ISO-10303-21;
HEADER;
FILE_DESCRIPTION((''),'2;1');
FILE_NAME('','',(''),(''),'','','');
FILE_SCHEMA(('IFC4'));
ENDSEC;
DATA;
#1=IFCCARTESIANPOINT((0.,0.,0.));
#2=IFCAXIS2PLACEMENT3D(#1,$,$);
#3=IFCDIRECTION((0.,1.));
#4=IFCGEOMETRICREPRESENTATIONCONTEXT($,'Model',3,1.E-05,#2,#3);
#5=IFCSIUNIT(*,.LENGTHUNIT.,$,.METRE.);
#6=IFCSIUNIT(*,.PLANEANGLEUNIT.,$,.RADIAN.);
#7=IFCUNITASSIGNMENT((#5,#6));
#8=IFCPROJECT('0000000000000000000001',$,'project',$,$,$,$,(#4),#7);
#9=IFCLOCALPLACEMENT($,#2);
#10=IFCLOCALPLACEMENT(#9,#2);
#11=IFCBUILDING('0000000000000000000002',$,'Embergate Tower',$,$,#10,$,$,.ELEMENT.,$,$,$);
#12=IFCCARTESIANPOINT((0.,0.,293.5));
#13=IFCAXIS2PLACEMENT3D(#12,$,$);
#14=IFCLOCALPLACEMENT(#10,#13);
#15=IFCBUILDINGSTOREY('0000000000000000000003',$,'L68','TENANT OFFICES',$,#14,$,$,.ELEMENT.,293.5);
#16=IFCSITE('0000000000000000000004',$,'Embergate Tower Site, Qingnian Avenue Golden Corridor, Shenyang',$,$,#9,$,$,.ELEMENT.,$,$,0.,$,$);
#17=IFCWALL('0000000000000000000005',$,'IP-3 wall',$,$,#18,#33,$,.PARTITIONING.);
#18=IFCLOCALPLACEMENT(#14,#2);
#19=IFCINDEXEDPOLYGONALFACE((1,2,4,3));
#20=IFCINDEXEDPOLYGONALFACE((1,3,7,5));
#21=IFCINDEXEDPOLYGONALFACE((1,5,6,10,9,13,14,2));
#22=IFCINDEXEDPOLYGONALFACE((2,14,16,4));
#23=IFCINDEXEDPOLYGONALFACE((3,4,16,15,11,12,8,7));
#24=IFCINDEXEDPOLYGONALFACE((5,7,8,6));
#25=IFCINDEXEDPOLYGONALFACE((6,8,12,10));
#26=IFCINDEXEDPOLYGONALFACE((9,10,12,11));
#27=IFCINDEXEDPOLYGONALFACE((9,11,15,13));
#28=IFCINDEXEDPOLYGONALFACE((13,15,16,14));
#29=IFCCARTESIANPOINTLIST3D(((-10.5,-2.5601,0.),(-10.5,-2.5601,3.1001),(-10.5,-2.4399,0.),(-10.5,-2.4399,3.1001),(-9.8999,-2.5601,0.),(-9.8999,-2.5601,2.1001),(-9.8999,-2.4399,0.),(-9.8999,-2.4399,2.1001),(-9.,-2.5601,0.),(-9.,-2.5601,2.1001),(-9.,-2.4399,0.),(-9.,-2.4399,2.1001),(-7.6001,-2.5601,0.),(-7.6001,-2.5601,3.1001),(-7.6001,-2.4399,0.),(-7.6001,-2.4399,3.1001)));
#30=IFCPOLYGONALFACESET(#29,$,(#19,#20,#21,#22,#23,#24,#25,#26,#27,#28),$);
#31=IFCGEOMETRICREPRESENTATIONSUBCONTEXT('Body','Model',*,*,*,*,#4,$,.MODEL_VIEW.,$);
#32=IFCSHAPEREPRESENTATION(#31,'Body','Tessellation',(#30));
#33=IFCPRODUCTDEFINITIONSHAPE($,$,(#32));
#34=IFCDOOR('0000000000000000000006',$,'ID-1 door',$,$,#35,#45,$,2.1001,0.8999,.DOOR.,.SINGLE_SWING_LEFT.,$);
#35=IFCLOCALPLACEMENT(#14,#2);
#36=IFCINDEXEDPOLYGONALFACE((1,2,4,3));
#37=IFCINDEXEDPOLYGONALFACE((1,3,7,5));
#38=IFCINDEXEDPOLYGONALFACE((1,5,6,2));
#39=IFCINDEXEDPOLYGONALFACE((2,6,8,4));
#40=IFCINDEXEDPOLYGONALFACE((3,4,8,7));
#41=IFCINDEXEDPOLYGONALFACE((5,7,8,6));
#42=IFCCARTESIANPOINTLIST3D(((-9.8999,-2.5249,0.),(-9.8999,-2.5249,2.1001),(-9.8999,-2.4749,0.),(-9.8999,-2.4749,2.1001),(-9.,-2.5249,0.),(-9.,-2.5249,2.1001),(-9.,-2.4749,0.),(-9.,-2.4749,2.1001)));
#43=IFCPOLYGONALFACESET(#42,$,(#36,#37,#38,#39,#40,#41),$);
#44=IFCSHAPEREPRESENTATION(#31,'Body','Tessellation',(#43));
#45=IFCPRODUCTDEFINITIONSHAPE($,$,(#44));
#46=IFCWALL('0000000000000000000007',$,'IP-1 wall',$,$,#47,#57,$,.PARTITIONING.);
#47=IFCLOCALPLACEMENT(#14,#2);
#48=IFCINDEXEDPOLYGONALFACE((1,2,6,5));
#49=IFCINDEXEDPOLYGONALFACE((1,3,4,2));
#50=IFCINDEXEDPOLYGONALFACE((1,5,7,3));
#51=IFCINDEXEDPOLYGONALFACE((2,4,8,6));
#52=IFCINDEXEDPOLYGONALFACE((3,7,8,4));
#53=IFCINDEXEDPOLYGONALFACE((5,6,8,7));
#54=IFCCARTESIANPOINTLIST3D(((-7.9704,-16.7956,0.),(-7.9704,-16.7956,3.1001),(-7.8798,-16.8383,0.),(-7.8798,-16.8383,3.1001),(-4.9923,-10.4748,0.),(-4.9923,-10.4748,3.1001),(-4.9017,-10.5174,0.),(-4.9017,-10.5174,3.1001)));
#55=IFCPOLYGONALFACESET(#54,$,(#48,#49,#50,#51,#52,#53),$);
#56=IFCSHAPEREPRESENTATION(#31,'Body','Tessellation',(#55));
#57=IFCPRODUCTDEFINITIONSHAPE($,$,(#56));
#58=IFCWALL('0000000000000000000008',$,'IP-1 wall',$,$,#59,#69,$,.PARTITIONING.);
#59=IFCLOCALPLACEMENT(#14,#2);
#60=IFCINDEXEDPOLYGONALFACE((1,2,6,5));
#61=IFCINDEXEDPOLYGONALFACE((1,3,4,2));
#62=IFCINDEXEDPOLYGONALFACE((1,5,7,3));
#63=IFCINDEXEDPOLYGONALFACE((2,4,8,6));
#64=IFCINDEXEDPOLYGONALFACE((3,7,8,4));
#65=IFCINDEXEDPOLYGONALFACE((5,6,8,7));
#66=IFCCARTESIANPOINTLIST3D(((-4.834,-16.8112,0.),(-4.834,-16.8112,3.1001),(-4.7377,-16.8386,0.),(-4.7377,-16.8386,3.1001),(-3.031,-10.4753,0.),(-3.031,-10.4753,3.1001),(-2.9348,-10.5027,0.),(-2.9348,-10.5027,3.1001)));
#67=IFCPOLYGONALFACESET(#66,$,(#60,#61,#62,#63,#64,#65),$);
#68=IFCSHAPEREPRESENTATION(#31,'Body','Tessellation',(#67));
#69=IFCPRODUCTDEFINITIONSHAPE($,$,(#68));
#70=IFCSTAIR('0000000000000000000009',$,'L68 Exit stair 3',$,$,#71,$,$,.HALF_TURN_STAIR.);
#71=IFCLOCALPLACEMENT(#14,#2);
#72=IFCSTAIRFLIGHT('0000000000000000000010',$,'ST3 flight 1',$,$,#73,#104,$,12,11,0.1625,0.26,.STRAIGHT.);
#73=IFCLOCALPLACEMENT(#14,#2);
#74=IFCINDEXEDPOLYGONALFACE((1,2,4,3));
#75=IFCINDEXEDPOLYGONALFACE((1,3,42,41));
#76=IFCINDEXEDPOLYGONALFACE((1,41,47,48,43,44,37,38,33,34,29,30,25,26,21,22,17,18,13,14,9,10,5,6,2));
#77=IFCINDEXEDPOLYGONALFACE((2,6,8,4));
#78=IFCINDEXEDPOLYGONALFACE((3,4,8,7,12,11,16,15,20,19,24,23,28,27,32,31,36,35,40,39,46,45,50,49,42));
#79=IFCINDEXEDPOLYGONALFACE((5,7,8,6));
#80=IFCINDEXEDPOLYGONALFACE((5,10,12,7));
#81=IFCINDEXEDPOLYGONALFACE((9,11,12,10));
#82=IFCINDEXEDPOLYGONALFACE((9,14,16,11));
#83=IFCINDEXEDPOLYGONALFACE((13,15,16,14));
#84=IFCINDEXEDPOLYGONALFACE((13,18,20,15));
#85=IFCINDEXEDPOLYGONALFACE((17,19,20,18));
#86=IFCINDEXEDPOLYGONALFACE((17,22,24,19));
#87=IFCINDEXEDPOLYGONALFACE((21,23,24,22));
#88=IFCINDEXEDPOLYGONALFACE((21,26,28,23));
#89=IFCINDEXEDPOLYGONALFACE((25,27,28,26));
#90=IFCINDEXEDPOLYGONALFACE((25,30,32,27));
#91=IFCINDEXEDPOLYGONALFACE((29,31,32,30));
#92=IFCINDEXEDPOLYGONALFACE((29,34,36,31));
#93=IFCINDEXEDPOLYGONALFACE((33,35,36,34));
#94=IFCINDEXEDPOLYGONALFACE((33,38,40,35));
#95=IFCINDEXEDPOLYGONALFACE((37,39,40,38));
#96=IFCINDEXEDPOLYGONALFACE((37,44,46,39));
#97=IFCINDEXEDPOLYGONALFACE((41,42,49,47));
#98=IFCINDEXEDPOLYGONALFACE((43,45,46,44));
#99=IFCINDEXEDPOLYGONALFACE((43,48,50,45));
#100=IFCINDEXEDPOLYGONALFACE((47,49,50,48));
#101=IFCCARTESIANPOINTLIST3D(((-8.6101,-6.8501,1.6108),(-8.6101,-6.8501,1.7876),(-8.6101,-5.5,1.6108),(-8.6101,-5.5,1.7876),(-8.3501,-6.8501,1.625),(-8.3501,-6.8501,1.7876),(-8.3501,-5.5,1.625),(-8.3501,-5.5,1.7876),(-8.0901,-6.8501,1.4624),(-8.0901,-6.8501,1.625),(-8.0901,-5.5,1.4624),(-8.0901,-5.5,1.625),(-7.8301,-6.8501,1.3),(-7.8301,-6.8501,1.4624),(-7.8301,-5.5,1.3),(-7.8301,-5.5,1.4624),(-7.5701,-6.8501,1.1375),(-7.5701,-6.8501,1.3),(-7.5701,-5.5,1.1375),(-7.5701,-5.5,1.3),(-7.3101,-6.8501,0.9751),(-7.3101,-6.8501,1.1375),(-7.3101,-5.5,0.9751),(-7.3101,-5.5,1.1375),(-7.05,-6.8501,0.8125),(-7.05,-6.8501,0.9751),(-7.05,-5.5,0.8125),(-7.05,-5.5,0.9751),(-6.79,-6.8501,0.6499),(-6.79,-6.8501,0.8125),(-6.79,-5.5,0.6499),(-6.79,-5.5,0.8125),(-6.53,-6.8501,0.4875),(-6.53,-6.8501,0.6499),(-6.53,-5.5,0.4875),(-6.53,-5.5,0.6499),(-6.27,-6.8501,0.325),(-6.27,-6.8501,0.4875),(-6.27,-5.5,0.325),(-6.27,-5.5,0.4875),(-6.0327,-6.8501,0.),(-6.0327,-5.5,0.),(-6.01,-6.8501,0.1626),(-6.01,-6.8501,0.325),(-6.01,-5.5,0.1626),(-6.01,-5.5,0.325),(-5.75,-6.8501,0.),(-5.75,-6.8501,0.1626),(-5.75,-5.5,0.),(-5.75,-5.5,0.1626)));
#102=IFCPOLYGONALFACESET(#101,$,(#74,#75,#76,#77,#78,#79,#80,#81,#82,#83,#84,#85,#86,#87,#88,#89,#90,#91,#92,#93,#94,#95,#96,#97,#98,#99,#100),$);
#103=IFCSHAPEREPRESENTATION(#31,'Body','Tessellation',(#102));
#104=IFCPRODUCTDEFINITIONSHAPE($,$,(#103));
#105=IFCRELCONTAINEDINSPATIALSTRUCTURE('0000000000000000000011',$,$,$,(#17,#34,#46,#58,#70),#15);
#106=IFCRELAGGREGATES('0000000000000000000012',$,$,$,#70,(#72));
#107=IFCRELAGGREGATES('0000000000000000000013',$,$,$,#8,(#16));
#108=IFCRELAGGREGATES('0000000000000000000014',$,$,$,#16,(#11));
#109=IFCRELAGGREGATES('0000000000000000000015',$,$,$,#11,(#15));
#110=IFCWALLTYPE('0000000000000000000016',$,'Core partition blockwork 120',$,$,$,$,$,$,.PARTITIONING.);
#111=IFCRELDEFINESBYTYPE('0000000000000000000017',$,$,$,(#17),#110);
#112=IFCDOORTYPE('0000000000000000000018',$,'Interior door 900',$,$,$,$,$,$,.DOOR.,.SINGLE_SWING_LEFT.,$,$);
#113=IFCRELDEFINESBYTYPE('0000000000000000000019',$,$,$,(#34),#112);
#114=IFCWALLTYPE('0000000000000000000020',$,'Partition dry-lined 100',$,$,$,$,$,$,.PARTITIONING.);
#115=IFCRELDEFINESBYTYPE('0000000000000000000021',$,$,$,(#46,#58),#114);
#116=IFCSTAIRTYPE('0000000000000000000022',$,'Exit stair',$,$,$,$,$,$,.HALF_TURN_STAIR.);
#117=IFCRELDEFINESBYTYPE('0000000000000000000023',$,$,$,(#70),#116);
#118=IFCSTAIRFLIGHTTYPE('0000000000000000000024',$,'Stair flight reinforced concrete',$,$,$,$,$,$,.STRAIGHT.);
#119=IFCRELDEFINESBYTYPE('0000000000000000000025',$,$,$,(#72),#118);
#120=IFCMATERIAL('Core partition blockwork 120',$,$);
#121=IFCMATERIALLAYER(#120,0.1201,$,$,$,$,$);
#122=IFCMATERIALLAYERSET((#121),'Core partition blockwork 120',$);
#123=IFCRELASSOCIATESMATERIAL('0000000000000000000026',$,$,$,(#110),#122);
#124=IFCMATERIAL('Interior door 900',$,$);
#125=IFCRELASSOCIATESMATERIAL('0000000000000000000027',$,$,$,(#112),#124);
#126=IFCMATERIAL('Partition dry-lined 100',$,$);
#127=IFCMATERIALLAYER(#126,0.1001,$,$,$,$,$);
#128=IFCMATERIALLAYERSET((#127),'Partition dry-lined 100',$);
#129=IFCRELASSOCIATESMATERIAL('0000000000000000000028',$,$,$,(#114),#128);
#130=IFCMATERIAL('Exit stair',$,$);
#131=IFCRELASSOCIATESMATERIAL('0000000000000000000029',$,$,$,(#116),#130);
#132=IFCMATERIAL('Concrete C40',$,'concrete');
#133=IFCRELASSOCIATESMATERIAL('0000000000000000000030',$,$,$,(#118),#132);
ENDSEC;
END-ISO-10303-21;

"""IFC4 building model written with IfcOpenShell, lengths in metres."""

from ifc_helpers import new_model, si_unit, direction, frame, frame_2d, origin, place, context, subcontext, project, spatial, polyline, rectangle, outline, extrude, source, transform, mapped, material, layer, layer_set, type_object, element, fill, aggregate, save


model = new_model("IFC4")

# Units and contexts
model_context = context("Model", 3, precision=1e-05, world=origin(), true_north=direction((0.0, 1.0)))
body_context = subcontext(model_context, "Body", "Model", "MODEL_VIEW")
ifc_project = project(units=[si_unit("LENGTHUNIT", "METRE"), si_unit("PLANEANGLEUNIT", "RADIAN")], contexts=[model_context])

# Site, building, storey
site_placement = place(None, origin())
site = spatial("IfcSite", under=ifc_project, at=site_placement, Name="Embergate Tower Site, Qingnian Avenue Golden Corridor, Shenyang", CompositionType="ELEMENT", RefElevation=0.0)
building_placement = place(site_placement, origin())
building = spatial("IfcBuilding", under=site, at=building_placement, Name="Embergate Tower", CompositionType="ELEMENT")
storey_placement = place(building_placement, frame((0.0, 0.0, 293.5)))
storey = spatial("IfcBuildingStorey", under=building, at=storey_placement, Name="L68", Description="TENANT OFFICES", CompositionType="ELEMENT", Elevation=293.5)

# Shared definitions
ifc_material_1 = material(Name="Core partition blockwork 120")
ifc_layer_1 = layer(ifc_material_1, 0.1201)
ifc_layer_set_1 = layer_set([ifc_layer_1], Name="Core partition blockwork 120")
wall_type_1 = type_object("IfcWallType", Name="Core partition blockwork 120", PredefinedType="PARTITIONING", material=ifc_layer_set_1)
shared_shape_1 = source(origin(), body_context, "Body", "SweptSolid", [
    extrude(rectangle(XDim=0.8999, YDim=2.1001, at=frame_2d((0.45, 1.05))), frame((0.0, 0.0701, 0.0), z_axis=(0.0, -1.0, 0.0), x_axis=(1.0, 0.0, 0.0)), (0.0, 0.0, 1.0), 0.1401),
])
ifc_material_2 = material(Name="Interior door 900")
door_type_1 = type_object("IfcDoorType", Name="Interior door 900", OperationType="SINGLE_SWING_LEFT", PredefinedType="DOOR", material=ifc_material_2)
shared_shape_2 = source(origin(), body_context, "Body", "SweptSolid", [
    extrude(rectangle(XDim=0.8999, YDim=2.1001, at=frame_2d((0.45, 1.05))), frame((0.0, 0.0249, 0.0), z_axis=(0.0, -1.0, 0.0), x_axis=(1.0, 0.0, 0.0)), (0.0, 0.0, 1.0), 0.05),
])

# Wall, opening, door
shared_shape_3 = source(origin(), body_context, "Body", "SweptSolid", [
    extrude(rectangle(XDim=2.8999, YDim=0.1201, at=frame_2d((1.45, 0.0))), origin(), (0.0, 0.0, 1.0), 3.1001),
])
wall_1_placement = place(storey_placement, frame((-7.6001, -2.5, 0.0), z_axis=(0.0, 0.0, 1.0), x_axis=(-1.0, 0.0, 0.0)))
wall_1 = element("IfcWall", 1, at=wall_1_placement, inside=storey, type_object=wall_type_1, Name="IP-3 wall", PredefinedType="PARTITIONING", context=body_context, shape_type="MappedRepresentation", body=[
    mapped(shared_shape_3, transform((0.0, 0.0, 0.0))),
])
opening_1_placement = place(wall_1_placement, frame((1.3999, 0.0, 0.0)))
opening_1 = element("IfcOpeningElement", 2, at=opening_1_placement, cuts=wall_1, PredefinedType="OPENING", context=body_context, shape_type="MappedRepresentation", body=[
    mapped(shared_shape_1, transform((0.0, 0.0, 0.0))),
])
door_1_placement = place(opening_1_placement, origin())
door_1 = element("IfcDoor", 3, at=door_1_placement, inside=storey, type_object=door_type_1, Name="ID-1 door", OperationType="SINGLE_SWING_LEFT", OverallHeight=2.1001, OverallWidth=0.8999, PredefinedType="DOOR", context=body_context, shape_type="MappedRepresentation", body=[
    mapped(shared_shape_2, transform((0.0, 0.0, 0.0))),
])
fill(opening_1, door_1)

# Walls
ifc_material_3 = material(Name="Partition dry-lined 100")
ifc_layer_2 = layer(ifc_material_3, 0.1001)
ifc_layer_set_2 = layer_set([ifc_layer_2], Name="Partition dry-lined 100")
wall_type_2 = type_object("IfcWallType", Name="Partition dry-lined 100", PredefinedType="PARTITIONING", material=ifc_layer_set_2)
shared_shape_4 = source(origin(), body_context, "Body", "SweptSolid", [
    extrude(rectangle(XDim=6.9873, YDim=0.1001, at=frame_2d((3.4937, 0.0))), origin(), (0.0, 0.0, 1.0), 3.1001),
])
wall_2_placement = place(storey_placement, frame((-4.947, -10.4961, 0.0), z_axis=(0.0, 0.0, 1.0), x_axis=(-0.426211, -0.904624, 0.0)))
element("IfcWall", 4, at=wall_2_placement, inside=storey, type_object=wall_type_2, Name="IP-1 wall", PredefinedType="PARTITIONING", context=body_context, shape_type="MappedRepresentation", body=[
    mapped(shared_shape_4, transform((0.0, 0.0, 0.0))),
])
shared_shape_5 = source(origin(), body_context, "Body", "SweptSolid", [
    extrude(rectangle(XDim=6.5874, YDim=0.1001, at=frame_2d((3.2937, 0.0))), origin(), (0.0, 0.0, 1.0), 3.1001),
])
wall_3_placement = place(storey_placement, frame((-2.9829, -10.489, 0.0), z_axis=(0.0, 0.0, 1.0), x_axis=(-0.273698, -0.961816, 0.0)))
element("IfcWall", 5, at=wall_3_placement, inside=storey, type_object=wall_type_2, Name="IP-1 wall", PredefinedType="PARTITIONING", context=body_context, shape_type="MappedRepresentation", body=[
    mapped(shared_shape_5, transform((0.0, 0.0, 0.0))),
])

# Stair, stair flight
ifc_material_4 = material(Name="Exit stair")
stair_type = type_object("IfcStairType", Name="Exit stair", PredefinedType="HALF_TURN_STAIR", material=ifc_material_4)
stair_placement = place(storey_placement, origin())
stair = element("IfcStair", 6, at=stair_placement, inside=storey, type_object=stair_type, Name="L68 Exit stair 3", PredefinedType="HALF_TURN_STAIR")
ifc_material_5 = material(Name="Concrete C40", Category="concrete")
stair_flight_type = type_object("IfcStairFlightType", Name="Stair flight reinforced concrete", PredefinedType="STRAIGHT", material=ifc_material_5)
shared_shape_6 = source(origin(), body_context, "Body", "SweptSolid", [
    extrude(outline(polyline([(0.0, 0.0), (0.0, 0.1626), (0.26, 0.1626), (0.26, 0.325), (0.52, 0.325), (0.52, 0.4875), (0.78, 0.4875), (0.78, 0.6499), (1.04, 0.6499), (1.04, 0.8125), (1.3, 0.8125), (1.3, 0.9751), (1.5601, 0.9751), (1.5601, 1.1375), (1.8201, 1.1375), (1.8201, 1.3), (2.0801, 1.3), (2.0801, 1.4624), (2.3401, 1.4624), (2.3401, 1.625), (2.6001, 1.625), (2.6001, 1.7876), (2.8601, 1.7876), (2.8601, 1.95), (2.8601, 1.6108), (0.2827, 0.0), (0.0, 0.0)])), frame((0.0, 0.675, 0.0), z_axis=(0.0, -1.0, 0.0), x_axis=(1.0, 0.0, 0.0)), (0.0, 0.0, 1.0), 1.3501),
])
stair_flight_placement = place(storey_placement, frame((-5.75, -6.175, 0.0), z_axis=(0.0, 0.0, 1.0), x_axis=(-1.0, 0.0, 0.0)))
stair_flight = element("IfcStairFlight", 7, at=stair_flight_placement, type_object=stair_flight_type, Name="ST3 flight 1", NumberOfRisers=12, NumberOfTreads=11, PredefinedType="STRAIGHT", RiserHeight=0.1625, TreadLength=0.26, context=body_context, shape_type="MappedRepresentation", body=[
    mapped(shared_shape_6, transform((0.0, 0.0, 0.0))),
])
aggregate(stair, [stair_flight])

save(model, "model.ifc")
